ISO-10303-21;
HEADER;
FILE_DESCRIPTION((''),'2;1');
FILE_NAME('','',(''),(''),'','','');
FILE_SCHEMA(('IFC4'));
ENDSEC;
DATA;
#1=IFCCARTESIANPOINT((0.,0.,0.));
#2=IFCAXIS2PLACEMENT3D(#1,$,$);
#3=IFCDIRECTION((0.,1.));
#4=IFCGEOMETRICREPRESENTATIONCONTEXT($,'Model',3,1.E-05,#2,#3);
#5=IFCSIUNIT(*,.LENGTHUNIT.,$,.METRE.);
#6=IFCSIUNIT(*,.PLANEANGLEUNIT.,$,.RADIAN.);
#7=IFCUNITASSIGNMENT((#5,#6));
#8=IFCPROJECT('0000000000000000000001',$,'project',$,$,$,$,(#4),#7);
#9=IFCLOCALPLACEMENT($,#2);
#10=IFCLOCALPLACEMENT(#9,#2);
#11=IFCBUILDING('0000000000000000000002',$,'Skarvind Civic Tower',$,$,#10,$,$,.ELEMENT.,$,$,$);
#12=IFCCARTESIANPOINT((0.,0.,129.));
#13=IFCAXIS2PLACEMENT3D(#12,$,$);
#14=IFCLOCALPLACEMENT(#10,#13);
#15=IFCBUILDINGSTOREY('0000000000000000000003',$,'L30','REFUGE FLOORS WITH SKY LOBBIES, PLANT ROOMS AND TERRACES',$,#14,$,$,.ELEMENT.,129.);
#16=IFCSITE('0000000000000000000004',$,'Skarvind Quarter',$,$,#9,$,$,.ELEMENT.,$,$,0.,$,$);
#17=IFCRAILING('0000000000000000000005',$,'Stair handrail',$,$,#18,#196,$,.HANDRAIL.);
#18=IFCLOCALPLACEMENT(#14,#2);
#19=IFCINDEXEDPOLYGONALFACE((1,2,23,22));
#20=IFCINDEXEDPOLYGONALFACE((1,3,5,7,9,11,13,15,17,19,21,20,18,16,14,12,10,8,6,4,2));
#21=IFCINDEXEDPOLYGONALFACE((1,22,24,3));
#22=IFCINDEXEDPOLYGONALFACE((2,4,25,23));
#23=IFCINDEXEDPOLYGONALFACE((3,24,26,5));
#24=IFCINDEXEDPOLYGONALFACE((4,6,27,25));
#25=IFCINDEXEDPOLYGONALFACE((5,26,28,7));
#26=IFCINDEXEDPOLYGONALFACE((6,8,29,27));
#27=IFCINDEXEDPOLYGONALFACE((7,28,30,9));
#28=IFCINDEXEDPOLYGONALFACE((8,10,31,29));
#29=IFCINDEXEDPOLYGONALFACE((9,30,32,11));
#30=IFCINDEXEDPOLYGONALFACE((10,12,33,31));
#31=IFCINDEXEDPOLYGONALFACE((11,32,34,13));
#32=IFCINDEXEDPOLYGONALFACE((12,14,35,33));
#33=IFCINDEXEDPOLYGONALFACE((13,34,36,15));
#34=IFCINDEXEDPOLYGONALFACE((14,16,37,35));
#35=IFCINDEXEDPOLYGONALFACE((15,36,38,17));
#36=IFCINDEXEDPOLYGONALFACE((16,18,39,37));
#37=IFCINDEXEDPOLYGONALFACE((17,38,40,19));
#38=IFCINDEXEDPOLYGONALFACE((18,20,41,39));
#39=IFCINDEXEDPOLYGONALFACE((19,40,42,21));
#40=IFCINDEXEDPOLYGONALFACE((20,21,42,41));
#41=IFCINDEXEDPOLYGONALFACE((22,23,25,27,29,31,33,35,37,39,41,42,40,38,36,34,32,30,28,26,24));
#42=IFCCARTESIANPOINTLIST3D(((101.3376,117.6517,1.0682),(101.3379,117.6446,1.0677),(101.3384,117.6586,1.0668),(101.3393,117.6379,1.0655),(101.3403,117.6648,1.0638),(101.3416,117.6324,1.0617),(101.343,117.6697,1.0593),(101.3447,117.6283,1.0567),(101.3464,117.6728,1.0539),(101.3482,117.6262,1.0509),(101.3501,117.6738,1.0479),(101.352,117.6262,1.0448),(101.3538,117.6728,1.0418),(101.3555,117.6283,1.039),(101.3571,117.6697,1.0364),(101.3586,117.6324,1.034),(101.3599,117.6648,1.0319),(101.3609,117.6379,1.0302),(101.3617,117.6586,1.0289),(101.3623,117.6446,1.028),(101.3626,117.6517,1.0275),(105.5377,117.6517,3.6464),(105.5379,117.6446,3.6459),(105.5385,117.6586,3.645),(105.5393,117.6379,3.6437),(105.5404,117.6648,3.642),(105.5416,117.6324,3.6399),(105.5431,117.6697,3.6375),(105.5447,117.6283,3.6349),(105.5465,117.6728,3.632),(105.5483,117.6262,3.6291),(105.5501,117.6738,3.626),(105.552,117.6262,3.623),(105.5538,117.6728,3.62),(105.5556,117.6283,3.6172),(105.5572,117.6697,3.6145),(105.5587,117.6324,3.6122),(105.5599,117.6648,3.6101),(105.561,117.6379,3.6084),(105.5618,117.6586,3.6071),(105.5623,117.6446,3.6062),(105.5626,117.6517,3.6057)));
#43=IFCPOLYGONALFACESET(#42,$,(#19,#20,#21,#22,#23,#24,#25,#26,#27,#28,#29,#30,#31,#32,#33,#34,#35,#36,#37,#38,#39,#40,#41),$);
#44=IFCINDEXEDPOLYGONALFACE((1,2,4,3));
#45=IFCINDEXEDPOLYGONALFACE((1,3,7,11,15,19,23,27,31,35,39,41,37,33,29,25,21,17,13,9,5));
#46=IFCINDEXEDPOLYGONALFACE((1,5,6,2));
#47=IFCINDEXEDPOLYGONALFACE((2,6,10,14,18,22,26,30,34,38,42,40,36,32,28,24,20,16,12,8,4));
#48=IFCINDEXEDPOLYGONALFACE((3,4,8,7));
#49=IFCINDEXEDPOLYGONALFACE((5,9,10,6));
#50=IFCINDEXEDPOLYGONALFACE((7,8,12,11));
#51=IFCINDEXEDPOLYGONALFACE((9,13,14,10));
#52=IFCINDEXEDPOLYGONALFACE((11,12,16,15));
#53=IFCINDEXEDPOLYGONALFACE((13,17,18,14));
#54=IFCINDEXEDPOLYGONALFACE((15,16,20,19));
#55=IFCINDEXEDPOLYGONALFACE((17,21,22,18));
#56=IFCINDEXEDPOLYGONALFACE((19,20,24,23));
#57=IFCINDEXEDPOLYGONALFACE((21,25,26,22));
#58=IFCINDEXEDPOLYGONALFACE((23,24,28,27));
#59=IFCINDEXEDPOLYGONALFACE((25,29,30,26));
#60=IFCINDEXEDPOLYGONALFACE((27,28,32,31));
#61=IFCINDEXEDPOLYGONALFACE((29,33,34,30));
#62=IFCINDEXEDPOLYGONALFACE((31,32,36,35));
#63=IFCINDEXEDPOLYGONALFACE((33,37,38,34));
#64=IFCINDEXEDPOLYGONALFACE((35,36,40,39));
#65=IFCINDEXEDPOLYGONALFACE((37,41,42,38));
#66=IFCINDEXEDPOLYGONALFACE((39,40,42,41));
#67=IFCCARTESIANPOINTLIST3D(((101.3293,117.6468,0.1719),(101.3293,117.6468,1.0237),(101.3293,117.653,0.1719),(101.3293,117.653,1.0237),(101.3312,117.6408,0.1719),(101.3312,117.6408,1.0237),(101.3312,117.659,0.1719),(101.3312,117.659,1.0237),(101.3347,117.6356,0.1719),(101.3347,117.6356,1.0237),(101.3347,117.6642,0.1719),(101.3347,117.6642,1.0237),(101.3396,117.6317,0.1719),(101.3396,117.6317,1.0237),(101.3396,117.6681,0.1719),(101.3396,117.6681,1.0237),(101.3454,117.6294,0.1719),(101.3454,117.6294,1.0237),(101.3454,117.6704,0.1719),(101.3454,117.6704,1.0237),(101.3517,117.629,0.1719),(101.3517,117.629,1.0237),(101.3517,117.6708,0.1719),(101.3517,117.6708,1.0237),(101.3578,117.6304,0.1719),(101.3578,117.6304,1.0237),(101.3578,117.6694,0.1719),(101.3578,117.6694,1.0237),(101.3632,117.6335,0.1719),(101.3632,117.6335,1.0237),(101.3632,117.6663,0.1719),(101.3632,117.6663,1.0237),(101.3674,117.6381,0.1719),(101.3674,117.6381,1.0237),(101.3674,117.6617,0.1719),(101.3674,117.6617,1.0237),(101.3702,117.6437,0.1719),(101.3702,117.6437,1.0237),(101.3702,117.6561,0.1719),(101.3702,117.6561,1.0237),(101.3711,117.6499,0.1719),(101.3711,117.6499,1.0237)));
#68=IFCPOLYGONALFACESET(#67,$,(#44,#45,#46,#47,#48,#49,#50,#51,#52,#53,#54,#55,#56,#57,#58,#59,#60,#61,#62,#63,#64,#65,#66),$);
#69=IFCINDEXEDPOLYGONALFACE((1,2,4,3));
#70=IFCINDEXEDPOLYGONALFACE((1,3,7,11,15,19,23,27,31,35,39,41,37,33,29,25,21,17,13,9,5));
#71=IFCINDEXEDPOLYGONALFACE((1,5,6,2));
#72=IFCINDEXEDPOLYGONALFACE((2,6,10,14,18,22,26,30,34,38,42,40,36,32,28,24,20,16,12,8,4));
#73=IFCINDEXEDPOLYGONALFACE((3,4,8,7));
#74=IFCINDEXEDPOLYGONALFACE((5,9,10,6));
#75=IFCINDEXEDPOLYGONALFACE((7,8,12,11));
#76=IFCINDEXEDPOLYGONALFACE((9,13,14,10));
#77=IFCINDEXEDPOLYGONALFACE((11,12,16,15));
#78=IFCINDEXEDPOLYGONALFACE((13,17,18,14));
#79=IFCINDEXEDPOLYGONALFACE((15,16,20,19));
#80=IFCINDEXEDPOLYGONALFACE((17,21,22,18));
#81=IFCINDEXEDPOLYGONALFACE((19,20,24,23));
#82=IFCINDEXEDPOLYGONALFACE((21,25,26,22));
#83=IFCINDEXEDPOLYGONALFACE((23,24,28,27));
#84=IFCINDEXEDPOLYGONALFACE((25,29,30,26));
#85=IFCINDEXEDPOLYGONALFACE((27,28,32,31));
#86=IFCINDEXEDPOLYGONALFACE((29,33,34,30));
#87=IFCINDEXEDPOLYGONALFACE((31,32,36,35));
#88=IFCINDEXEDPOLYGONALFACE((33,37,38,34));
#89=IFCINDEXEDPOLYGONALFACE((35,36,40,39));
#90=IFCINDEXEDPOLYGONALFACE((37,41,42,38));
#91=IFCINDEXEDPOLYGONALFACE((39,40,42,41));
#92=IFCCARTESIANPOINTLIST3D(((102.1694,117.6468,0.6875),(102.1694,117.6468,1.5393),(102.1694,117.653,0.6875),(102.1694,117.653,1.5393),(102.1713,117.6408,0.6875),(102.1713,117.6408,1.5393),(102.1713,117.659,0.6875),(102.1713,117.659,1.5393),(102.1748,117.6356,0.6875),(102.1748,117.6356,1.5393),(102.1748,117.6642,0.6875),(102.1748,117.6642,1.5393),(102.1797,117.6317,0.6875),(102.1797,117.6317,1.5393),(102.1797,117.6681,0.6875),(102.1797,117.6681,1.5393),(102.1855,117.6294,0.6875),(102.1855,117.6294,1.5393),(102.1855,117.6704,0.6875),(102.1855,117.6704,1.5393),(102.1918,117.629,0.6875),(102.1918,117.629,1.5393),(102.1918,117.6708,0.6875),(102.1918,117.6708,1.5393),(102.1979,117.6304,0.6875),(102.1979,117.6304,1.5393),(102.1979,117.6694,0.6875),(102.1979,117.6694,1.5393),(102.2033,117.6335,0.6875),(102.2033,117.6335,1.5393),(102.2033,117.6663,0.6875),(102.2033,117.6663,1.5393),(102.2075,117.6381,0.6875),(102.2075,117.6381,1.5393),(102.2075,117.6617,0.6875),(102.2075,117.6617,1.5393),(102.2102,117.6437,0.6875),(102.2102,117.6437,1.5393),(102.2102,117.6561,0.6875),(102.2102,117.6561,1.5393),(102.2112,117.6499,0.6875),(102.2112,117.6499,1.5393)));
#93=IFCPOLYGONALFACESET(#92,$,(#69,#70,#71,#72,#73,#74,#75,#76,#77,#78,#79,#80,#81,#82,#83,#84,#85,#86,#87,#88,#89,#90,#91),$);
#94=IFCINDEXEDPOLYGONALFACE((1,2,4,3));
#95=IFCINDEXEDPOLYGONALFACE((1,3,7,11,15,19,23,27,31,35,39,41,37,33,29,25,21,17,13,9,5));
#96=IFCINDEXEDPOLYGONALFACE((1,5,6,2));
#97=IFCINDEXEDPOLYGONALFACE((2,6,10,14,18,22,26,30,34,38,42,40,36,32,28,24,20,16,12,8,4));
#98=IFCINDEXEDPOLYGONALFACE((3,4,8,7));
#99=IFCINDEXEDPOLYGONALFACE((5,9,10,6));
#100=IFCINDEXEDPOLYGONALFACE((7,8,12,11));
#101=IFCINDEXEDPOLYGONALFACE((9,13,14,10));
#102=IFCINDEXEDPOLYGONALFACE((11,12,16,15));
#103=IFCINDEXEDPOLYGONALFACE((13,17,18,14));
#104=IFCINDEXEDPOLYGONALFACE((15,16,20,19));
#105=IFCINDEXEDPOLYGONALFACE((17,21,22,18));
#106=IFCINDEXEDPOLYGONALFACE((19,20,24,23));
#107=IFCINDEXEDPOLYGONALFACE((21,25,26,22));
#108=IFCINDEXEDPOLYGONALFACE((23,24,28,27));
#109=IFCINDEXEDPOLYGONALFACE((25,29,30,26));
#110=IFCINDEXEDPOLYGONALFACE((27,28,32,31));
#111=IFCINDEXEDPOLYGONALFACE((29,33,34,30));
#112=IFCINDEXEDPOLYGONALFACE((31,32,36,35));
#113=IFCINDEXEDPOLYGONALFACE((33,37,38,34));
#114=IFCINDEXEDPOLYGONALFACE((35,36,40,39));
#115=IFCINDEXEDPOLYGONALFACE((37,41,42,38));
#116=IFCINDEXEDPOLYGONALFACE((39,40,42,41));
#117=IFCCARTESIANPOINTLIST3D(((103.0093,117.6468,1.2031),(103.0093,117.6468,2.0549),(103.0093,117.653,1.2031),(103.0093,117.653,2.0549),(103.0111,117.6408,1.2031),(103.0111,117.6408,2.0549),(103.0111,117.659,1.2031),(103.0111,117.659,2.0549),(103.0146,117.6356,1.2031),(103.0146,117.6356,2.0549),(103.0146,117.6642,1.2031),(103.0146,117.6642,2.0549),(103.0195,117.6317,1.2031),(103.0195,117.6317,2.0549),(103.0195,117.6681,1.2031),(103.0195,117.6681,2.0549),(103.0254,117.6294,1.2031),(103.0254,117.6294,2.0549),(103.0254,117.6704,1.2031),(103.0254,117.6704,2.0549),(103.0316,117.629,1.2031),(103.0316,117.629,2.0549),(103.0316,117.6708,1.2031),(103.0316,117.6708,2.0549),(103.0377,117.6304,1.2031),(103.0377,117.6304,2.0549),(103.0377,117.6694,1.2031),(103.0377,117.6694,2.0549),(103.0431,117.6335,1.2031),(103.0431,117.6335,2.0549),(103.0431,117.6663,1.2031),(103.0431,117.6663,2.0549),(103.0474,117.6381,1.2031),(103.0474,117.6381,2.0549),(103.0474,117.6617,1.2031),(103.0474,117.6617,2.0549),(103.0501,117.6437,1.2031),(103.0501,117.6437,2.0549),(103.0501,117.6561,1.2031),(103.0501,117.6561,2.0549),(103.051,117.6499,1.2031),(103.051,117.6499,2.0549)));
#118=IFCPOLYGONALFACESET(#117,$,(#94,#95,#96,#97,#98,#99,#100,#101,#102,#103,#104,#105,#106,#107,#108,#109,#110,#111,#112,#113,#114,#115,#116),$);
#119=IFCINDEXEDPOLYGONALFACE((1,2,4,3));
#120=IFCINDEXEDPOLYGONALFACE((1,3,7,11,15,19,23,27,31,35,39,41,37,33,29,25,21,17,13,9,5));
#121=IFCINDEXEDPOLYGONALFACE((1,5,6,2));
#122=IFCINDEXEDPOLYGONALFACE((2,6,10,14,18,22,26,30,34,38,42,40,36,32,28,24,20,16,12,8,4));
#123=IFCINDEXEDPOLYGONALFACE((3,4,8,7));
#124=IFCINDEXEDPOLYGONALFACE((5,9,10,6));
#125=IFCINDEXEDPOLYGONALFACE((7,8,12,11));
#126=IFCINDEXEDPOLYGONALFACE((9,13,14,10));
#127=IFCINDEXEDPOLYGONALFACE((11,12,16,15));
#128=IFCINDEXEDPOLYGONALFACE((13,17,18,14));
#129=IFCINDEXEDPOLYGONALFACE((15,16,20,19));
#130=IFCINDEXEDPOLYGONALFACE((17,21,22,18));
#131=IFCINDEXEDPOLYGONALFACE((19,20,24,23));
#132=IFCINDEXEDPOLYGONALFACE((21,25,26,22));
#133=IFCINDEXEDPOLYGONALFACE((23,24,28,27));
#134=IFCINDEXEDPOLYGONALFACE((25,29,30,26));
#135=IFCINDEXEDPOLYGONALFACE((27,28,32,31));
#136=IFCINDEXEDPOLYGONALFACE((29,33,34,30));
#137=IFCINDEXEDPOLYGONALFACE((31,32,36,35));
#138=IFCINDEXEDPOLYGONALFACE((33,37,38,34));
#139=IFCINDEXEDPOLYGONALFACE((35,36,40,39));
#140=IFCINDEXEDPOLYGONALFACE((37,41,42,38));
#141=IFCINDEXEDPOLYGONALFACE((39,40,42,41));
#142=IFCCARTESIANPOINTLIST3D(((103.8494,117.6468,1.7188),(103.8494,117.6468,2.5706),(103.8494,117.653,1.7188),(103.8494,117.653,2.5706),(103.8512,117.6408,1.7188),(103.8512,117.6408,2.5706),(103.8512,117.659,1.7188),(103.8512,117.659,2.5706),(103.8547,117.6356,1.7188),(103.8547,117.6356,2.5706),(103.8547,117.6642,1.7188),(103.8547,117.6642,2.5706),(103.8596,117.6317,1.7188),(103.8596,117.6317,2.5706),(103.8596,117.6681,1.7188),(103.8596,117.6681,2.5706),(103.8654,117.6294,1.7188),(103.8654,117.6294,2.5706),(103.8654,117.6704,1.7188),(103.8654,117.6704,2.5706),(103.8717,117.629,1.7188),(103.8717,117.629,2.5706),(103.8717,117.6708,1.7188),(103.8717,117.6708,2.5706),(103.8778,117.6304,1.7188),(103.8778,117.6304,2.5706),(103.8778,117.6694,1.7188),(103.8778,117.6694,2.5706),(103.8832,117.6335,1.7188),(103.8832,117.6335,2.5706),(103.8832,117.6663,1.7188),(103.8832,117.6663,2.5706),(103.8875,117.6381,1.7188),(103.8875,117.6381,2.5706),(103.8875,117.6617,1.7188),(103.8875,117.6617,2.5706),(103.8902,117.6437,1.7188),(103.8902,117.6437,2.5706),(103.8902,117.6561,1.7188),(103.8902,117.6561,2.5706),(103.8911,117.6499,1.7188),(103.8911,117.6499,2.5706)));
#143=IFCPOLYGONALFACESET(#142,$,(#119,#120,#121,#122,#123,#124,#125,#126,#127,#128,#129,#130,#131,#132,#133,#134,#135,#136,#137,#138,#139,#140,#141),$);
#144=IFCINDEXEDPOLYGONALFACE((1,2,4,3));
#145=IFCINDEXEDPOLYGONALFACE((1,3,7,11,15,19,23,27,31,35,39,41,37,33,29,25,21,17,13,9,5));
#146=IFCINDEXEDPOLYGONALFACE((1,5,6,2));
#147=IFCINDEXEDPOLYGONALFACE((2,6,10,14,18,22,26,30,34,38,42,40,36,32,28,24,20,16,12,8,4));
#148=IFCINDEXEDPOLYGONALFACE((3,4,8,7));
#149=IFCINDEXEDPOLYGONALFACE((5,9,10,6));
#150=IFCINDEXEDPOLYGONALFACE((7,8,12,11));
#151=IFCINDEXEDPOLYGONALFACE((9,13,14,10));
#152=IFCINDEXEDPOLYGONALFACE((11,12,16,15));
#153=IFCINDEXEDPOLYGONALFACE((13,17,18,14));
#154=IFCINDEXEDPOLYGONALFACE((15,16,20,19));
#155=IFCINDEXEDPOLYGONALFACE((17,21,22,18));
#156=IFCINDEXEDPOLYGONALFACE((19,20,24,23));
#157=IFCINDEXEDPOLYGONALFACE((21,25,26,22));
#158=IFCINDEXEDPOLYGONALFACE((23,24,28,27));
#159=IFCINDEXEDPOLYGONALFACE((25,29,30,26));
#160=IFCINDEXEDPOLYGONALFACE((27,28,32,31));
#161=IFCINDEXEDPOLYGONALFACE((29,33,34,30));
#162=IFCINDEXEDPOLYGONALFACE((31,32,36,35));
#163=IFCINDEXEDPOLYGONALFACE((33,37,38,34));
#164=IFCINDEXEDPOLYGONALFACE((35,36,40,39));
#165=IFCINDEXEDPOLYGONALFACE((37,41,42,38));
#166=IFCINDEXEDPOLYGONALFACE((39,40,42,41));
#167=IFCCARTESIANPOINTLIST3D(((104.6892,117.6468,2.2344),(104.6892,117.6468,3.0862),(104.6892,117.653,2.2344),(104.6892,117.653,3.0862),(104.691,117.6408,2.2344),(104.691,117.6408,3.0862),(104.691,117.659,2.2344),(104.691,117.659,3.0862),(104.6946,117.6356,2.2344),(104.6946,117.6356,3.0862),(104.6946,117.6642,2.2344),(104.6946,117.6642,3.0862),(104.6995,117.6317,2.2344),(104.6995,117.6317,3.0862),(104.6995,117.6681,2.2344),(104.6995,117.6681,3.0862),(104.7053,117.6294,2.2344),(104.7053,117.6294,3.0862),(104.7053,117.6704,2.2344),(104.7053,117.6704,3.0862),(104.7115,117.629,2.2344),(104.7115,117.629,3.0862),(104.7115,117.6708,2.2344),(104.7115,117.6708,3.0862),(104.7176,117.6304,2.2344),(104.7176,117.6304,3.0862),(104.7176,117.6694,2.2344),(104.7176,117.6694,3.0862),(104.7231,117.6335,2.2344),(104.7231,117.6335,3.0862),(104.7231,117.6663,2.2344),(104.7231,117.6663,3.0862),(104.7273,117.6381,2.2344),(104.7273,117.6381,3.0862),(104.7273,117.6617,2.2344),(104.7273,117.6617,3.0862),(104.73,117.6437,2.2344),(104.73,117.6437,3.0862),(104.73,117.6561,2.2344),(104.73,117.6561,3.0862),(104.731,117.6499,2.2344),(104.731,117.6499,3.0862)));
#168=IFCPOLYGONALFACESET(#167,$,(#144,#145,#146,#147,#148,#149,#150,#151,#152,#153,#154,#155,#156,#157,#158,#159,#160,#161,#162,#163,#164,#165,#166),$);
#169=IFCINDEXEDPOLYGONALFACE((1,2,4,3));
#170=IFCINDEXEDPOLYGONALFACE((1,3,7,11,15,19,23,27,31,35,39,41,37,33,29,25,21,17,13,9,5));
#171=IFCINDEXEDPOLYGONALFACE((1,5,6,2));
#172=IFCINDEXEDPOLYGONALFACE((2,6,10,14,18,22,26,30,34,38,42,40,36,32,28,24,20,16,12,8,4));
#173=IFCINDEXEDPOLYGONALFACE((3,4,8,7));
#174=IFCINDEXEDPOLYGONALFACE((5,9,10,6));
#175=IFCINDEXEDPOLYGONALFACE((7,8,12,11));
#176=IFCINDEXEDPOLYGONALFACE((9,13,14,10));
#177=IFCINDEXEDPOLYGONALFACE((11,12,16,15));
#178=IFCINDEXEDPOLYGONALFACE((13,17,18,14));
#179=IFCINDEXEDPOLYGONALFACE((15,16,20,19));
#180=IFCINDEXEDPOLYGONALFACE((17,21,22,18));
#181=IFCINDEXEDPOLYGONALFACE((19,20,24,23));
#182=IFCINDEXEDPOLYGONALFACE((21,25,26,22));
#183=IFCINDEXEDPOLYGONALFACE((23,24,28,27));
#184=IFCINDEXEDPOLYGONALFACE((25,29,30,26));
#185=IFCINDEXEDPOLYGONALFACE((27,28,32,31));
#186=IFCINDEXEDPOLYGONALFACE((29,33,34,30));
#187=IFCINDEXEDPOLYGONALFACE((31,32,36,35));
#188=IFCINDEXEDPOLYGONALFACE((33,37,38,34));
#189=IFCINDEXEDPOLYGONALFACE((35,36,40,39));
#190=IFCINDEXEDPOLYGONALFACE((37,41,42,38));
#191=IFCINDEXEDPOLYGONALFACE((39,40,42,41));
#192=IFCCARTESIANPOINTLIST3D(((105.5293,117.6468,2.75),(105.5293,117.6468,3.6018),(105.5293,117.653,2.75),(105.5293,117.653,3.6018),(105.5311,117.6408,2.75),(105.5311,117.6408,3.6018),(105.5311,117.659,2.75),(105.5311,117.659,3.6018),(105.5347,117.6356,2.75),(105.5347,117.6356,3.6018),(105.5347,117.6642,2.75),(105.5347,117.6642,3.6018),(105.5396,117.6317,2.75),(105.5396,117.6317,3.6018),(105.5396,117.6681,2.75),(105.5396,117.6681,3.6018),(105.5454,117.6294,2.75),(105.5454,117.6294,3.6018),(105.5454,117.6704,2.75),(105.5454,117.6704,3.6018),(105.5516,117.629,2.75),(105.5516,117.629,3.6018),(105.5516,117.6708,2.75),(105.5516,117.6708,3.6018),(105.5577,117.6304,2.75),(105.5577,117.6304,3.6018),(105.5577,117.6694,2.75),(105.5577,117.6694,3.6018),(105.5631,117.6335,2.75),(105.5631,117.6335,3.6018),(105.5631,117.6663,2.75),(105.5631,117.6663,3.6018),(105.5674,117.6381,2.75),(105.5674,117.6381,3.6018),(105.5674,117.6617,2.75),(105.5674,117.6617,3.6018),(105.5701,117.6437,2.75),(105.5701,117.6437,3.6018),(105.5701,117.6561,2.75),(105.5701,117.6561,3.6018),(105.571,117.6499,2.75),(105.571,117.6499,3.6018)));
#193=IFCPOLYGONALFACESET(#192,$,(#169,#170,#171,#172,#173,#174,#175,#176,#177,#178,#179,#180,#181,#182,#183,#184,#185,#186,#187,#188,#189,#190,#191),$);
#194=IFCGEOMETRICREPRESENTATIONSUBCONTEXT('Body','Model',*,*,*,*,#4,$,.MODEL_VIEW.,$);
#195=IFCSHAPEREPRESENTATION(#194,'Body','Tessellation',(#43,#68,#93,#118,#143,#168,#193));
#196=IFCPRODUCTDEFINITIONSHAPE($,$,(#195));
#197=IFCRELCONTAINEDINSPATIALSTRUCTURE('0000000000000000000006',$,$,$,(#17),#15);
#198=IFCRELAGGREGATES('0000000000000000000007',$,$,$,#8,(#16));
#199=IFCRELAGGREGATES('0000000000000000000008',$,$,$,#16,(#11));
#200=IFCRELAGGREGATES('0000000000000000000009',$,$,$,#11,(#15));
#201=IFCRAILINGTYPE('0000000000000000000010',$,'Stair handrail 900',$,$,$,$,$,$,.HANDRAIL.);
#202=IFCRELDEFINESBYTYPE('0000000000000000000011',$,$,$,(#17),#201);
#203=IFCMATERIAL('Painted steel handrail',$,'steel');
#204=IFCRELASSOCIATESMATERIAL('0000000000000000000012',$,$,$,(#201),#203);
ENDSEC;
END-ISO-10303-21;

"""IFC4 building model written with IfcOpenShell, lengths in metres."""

from ifc_helpers import new_model, si_unit, direction, frame, origin, origin_2d, place, context, subcontext, project, spatial, circle, extrude, material, type_object, element, save


model = new_model("IFC4")

# Units and contexts
model_context = context("Model", 3, precision=1e-05, world=origin(), true_north=direction((0.0, 1.0)))
body_context = subcontext(model_context, "Body", "Model", "MODEL_VIEW")
ifc_project = project(units=[si_unit("LENGTHUNIT", "METRE"), si_unit("PLANEANGLEUNIT", "RADIAN")], contexts=[model_context])

# Site, building, storey
site_placement = place(None, origin())
site = spatial("IfcSite", under=ifc_project, at=site_placement, Name="Skarvind Quarter", CompositionType="ELEMENT", RefElevation=0.0)
building_placement = place(site_placement, origin())
building = spatial("IfcBuilding", under=site, at=building_placement, Name="Skarvind Civic Tower", CompositionType="ELEMENT")
storey_placement = place(building_placement, frame((0.0, 0.0, 129.0)))
storey = spatial("IfcBuildingStorey", under=building, at=storey_placement, Name="L30", Description="REFUGE FLOORS WITH SKY LOBBIES, PLANT ROOMS AND TERRACES", CompositionType="ELEMENT", Elevation=129.0)

# Railing
ifc_material_1 = material(Name="Painted steel handrail", Category="steel")
railing_type_1 = type_object("IfcRailingType", Name="Stair handrail 900", PredefinedType="HANDRAIL", material=ifc_material_1)
railing_1_placement = place(storey_placement, frame((101.3501, 117.6499, 0.1719)))
element("IfcRailing", 1, at=railing_1_placement, inside=storey, type_object=railing_type_1, Name="Stair handrail", PredefinedType="HANDRAIL", context=body_context, shape_type="SweptSolid", body=[
    extrude(circle(Radius=0.0239, at=origin_2d()), frame((0.0, 0.0, 0.876), z_axis=(0.852243, 0.0, 0.523146), x_axis=(0.0, 1.0, 0.0)), (0.0, 0.0, 1.0), 4.9282),
    extrude(circle(Radius=0.021, at=origin_2d()), origin(), (0.0, 0.0, 1.0), 0.8518),
    extrude(circle(Radius=0.021, at=origin_2d()), frame((0.8401, 0.0, 0.5156)), (0.0, 0.0, 1.0), 0.8518),
    extrude(circle(Radius=0.021, at=origin_2d()), frame((1.6799, 0.0, 1.0312)), (0.0, 0.0, 1.0), 0.8518),
    extrude(circle(Radius=0.021, at=origin_2d()), frame((2.52, 0.0, 1.5469)), (0.0, 0.0, 1.0), 0.8518),
    extrude(circle(Radius=0.021, at=origin_2d()), frame((3.3599, 0.0, 2.0625)), (0.0, 0.0, 1.0), 0.8518),
    extrude(circle(Radius=0.021, at=origin_2d()), frame((4.2, 0.0, 2.5781)), (0.0, 0.0, 1.0), 0.8518),
])

save(model, "model.ifc")
